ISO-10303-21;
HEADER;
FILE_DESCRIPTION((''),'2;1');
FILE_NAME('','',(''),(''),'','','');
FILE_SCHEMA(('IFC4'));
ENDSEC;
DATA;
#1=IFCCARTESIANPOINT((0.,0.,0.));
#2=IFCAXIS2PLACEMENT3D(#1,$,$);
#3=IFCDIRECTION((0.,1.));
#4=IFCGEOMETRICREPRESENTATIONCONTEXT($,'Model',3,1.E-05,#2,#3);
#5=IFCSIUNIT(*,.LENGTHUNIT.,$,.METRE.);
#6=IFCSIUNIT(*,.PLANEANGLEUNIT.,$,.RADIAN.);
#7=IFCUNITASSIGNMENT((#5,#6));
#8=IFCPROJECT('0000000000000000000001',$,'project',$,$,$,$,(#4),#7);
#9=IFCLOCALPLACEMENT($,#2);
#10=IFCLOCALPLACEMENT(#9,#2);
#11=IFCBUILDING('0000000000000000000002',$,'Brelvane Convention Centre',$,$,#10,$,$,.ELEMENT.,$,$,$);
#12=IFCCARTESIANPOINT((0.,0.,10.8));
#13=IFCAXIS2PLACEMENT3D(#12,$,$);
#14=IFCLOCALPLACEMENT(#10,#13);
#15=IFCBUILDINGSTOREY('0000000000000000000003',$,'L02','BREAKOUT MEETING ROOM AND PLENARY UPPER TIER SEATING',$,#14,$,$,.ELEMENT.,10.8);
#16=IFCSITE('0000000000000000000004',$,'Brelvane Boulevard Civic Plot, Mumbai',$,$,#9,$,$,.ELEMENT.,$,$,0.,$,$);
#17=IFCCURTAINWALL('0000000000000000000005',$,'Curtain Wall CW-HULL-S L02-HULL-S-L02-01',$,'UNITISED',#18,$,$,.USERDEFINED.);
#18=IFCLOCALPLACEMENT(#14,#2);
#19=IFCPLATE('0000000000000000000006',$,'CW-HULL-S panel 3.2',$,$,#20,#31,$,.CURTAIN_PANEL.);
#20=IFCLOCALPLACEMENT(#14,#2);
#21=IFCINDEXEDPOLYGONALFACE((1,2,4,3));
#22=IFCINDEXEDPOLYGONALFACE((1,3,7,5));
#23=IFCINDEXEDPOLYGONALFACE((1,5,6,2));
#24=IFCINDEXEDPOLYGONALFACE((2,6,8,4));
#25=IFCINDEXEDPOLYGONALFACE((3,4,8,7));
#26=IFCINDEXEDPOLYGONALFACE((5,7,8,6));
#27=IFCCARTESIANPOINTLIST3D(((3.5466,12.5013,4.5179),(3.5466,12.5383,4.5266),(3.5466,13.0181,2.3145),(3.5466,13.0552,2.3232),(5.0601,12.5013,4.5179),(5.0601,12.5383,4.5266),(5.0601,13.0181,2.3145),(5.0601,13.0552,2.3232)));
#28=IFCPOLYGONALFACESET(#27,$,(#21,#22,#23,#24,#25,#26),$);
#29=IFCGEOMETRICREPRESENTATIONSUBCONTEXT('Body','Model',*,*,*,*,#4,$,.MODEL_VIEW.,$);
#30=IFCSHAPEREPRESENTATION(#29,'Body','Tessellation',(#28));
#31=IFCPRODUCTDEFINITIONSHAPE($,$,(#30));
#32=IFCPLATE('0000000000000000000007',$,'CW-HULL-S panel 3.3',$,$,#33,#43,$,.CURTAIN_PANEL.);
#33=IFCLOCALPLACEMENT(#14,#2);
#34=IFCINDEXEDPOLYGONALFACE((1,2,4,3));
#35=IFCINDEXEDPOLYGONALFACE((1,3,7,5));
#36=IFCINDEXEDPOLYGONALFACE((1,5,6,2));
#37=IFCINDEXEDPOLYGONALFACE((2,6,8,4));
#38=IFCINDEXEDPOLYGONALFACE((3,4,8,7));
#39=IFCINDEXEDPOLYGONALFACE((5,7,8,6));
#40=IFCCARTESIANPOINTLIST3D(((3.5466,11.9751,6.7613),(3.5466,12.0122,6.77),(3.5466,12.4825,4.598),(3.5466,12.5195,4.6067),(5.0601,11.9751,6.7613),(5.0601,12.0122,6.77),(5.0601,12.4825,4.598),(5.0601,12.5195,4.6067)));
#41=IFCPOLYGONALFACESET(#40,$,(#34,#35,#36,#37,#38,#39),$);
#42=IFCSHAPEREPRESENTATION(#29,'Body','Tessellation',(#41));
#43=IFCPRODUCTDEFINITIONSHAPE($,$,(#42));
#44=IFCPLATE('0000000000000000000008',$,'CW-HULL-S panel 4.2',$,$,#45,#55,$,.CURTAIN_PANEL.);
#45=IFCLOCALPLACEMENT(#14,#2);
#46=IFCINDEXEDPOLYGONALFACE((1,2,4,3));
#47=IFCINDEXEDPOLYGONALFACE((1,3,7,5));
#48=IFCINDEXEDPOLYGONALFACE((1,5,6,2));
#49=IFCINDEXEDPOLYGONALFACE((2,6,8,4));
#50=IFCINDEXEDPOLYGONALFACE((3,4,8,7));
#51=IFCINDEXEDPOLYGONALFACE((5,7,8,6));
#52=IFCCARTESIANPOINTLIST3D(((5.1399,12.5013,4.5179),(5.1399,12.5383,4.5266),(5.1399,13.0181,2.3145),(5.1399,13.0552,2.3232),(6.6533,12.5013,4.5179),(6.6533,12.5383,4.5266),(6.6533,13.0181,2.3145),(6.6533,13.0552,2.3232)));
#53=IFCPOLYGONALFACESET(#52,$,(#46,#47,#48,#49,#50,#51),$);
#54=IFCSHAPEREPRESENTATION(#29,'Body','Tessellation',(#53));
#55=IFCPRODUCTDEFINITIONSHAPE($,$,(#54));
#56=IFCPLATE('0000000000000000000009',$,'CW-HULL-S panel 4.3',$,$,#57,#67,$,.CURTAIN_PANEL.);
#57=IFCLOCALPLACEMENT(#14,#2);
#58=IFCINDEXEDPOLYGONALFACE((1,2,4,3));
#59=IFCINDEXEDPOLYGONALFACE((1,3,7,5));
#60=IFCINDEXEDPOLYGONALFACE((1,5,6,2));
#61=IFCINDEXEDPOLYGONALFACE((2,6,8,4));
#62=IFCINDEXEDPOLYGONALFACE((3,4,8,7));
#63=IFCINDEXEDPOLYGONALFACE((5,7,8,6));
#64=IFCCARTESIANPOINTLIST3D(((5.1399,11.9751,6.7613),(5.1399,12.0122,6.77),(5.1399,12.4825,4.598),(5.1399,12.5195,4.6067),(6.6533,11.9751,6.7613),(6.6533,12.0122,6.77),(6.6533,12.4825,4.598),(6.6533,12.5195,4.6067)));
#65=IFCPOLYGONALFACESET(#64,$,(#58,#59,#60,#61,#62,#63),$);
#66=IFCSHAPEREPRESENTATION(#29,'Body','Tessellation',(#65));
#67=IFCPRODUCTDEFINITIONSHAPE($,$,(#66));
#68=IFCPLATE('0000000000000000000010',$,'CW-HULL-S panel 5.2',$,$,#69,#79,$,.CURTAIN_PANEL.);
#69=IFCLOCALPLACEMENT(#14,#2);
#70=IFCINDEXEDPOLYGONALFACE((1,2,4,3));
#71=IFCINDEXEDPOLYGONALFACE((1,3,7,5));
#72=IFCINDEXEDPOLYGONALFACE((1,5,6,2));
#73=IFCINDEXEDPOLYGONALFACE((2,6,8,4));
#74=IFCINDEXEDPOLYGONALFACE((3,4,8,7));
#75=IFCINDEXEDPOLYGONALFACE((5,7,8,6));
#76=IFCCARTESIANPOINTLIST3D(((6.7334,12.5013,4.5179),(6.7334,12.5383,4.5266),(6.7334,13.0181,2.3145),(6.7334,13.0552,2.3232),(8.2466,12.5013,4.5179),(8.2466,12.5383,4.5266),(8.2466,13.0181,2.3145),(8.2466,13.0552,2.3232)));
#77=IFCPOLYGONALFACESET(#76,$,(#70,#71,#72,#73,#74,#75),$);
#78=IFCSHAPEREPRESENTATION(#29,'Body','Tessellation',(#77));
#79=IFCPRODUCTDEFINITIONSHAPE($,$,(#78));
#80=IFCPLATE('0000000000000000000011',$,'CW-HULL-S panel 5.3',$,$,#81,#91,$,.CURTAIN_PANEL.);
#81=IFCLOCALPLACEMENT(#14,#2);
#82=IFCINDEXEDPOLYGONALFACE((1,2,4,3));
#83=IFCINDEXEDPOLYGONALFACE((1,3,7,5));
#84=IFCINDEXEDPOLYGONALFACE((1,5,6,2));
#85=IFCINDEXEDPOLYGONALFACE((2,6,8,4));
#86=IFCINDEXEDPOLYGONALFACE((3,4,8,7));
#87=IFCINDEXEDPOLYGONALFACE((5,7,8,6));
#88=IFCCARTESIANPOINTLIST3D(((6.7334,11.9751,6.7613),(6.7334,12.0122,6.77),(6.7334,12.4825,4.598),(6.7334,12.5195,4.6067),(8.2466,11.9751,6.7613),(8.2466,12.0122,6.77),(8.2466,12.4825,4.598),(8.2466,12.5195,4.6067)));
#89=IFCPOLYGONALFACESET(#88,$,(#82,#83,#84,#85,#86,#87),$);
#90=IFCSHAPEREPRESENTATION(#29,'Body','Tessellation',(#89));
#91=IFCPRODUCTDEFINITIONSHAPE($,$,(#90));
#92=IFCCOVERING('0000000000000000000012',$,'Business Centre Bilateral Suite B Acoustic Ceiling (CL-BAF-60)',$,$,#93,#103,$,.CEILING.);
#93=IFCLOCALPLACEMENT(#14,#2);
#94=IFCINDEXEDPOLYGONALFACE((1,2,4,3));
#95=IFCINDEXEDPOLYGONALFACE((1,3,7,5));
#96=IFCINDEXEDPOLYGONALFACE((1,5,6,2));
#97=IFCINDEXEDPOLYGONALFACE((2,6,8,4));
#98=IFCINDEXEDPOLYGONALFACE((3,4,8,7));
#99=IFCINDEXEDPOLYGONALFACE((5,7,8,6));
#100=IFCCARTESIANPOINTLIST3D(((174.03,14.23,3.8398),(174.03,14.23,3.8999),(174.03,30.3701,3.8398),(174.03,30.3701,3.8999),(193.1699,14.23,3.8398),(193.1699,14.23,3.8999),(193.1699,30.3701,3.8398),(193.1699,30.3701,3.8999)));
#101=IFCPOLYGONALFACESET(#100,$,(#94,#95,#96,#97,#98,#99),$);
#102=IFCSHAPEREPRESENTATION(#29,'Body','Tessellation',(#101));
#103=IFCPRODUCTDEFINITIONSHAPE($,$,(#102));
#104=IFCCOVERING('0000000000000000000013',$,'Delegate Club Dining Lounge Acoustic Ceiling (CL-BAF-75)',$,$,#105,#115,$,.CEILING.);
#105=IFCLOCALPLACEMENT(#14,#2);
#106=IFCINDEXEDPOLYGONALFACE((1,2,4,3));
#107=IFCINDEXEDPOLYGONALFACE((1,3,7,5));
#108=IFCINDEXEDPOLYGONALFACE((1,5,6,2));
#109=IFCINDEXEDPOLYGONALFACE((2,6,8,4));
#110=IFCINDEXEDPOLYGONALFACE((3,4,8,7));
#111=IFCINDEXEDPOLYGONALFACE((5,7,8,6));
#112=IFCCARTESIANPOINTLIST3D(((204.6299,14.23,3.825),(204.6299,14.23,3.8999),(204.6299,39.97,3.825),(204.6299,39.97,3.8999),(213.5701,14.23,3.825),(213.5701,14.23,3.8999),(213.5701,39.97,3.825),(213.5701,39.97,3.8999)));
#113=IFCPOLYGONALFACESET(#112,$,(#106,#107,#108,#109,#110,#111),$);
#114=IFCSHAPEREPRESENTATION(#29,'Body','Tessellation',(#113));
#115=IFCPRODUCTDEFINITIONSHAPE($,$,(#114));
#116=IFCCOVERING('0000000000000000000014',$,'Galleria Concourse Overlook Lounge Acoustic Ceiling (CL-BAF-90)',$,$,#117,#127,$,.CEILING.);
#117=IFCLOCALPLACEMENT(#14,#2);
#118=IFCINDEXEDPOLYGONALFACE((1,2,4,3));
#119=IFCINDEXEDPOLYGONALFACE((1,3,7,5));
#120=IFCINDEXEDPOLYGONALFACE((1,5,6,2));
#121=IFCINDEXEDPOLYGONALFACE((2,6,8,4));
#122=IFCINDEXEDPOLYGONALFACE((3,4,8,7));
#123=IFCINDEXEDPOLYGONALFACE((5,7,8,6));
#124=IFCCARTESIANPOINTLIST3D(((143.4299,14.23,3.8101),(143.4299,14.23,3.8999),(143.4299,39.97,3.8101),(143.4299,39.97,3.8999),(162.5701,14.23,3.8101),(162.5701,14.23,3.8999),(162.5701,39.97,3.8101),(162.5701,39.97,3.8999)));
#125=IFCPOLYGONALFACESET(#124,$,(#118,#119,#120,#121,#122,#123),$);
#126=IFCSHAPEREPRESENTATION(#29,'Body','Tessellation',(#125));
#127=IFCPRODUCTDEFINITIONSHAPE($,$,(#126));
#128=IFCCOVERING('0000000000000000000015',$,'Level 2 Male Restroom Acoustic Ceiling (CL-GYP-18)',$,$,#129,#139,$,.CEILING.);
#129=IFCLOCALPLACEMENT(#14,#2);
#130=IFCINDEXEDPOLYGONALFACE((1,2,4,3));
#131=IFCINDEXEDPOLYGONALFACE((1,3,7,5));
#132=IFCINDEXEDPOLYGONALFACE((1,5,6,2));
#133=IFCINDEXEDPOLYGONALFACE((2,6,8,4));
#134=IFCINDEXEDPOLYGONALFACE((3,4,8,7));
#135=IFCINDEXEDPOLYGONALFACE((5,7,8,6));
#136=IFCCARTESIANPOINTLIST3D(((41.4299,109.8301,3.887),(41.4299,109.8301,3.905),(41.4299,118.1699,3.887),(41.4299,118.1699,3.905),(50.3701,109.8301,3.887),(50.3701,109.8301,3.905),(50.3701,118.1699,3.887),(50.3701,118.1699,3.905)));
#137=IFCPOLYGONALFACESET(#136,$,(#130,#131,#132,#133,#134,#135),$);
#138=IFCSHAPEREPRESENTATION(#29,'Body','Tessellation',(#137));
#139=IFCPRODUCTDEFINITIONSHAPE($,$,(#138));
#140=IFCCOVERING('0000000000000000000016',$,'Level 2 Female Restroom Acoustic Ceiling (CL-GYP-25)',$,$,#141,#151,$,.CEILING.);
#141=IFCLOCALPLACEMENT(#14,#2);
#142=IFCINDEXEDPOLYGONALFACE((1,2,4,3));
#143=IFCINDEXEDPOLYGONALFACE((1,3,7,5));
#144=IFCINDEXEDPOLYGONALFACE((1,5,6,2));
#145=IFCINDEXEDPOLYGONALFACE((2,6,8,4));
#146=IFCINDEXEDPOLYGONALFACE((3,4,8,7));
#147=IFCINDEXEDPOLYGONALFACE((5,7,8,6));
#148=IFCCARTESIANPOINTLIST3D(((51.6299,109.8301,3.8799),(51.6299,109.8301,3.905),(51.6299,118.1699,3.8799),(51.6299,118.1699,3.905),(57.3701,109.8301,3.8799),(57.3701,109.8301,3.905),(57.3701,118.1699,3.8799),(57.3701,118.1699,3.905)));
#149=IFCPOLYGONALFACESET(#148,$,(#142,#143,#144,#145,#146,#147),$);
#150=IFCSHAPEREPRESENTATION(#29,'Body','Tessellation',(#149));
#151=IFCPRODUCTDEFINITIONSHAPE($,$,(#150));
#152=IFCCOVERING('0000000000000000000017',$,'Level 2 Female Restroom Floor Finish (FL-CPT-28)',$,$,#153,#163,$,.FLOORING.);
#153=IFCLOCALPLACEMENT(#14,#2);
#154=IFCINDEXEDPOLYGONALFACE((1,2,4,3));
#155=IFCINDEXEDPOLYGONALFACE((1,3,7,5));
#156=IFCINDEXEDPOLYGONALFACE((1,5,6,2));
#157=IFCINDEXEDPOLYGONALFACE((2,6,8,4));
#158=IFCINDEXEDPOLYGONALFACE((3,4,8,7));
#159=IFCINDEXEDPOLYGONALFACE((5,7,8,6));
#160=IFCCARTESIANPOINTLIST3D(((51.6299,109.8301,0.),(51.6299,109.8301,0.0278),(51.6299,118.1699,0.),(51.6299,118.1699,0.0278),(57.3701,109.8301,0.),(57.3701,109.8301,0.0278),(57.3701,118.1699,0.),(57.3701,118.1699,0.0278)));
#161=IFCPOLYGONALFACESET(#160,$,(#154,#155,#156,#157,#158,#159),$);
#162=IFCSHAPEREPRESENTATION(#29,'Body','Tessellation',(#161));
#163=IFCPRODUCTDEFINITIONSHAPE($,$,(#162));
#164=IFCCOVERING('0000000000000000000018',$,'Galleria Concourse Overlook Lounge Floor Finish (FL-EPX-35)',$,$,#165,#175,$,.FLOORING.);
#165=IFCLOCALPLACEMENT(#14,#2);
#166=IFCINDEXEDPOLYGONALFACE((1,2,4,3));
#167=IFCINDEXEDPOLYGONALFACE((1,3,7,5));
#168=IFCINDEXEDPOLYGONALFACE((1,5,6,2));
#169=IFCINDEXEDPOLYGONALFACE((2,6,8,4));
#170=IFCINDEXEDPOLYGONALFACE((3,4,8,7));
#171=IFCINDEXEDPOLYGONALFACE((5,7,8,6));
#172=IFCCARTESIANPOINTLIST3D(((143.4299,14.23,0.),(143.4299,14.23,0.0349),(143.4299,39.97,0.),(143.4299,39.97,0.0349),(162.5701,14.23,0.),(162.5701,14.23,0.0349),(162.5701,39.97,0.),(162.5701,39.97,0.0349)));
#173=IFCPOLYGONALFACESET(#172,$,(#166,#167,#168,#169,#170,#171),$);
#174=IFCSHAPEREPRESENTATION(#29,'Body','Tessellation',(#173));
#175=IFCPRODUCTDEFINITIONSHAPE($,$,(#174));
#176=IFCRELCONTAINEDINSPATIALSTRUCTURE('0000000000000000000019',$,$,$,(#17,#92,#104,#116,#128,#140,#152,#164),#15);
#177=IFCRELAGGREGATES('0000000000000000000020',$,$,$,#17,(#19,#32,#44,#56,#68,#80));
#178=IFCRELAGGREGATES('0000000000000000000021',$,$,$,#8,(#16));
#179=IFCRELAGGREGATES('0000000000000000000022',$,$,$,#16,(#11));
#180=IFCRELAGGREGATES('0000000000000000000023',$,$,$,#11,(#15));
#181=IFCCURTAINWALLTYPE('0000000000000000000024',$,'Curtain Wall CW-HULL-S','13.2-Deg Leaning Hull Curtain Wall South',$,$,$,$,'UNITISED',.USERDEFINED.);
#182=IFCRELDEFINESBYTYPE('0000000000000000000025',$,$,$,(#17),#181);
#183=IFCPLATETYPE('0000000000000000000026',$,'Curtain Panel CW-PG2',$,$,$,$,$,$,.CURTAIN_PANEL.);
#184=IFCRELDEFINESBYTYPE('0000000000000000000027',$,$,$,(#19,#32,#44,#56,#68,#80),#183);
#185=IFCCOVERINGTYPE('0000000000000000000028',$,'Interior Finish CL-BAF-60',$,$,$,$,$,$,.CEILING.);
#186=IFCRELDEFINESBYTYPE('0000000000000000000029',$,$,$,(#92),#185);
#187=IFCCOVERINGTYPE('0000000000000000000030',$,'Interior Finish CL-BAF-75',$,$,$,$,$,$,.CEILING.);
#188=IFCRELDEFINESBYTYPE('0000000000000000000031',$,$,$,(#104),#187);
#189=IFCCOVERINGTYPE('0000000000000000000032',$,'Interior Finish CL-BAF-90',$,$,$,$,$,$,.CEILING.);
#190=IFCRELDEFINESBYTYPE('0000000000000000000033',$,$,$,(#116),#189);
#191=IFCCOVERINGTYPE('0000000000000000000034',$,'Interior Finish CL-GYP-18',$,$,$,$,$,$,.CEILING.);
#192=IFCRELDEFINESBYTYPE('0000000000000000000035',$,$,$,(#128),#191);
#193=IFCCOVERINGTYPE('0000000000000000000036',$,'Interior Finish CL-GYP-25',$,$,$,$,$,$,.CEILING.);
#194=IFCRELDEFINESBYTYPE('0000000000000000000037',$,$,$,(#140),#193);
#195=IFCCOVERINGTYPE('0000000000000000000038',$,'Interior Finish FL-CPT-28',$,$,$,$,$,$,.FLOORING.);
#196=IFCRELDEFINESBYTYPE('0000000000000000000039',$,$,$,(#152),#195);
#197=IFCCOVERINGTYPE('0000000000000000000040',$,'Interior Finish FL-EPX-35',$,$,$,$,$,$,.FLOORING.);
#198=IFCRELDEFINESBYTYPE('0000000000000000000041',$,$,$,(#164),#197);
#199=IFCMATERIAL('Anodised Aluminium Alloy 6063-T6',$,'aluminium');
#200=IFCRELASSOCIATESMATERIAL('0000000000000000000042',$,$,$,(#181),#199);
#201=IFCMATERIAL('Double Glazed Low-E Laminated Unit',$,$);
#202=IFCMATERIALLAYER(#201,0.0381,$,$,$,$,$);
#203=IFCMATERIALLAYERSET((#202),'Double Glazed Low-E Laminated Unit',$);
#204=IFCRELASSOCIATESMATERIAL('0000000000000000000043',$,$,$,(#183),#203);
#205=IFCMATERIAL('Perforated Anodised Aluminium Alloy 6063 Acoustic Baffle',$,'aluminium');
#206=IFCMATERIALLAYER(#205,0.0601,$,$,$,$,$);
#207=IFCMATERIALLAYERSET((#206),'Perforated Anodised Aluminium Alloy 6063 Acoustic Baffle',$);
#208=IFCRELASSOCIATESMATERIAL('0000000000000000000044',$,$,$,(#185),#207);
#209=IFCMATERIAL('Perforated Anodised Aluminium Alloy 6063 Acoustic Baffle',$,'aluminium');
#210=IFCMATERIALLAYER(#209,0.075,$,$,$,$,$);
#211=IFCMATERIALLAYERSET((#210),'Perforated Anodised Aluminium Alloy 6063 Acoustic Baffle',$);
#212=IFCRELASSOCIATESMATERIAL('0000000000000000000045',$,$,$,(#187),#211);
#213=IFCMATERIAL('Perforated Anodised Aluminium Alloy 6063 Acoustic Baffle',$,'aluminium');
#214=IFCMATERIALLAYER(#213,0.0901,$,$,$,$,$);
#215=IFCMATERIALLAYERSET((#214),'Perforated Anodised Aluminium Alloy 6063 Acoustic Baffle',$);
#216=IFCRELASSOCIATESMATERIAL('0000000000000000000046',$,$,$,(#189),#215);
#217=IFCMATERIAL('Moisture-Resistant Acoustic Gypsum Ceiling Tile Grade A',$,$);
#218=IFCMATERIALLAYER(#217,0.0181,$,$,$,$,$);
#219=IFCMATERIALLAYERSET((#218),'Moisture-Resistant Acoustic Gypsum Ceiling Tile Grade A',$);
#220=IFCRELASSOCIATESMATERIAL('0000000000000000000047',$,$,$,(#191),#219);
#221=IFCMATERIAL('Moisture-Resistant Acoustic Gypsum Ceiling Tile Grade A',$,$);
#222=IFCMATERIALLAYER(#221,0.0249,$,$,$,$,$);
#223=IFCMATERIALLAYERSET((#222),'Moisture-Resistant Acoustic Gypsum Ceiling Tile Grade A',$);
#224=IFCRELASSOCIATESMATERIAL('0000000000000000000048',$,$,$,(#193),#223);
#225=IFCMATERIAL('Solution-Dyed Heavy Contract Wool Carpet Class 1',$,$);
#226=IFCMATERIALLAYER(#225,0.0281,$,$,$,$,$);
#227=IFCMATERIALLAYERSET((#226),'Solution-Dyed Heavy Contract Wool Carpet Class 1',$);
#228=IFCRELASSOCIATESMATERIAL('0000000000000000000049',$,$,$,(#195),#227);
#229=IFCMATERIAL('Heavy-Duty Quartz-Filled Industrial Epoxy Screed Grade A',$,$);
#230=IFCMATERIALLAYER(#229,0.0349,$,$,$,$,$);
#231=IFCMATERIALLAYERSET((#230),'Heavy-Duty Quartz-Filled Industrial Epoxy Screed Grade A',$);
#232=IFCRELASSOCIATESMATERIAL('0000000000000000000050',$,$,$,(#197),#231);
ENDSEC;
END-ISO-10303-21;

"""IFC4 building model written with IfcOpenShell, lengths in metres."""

from ifc_helpers import new_model, si_unit, direction, frame, origin, place, context, subcontext, project, spatial, polyline, outline, extrude, material, layer, layer_set, type_object, element, aggregate, save


model = new_model("IFC4")

# Units and contexts
model_context = context("Model", 3, precision=1e-05, world=origin(), true_north=direction((0.0, 1.0)))
body_context = subcontext(model_context, "Body", "Model", "MODEL_VIEW")
ifc_project = project(units=[si_unit("LENGTHUNIT", "METRE"), si_unit("PLANEANGLEUNIT", "RADIAN")], contexts=[model_context])

# Site, building, storey
site_placement = place(None, origin())
site = spatial("IfcSite", under=ifc_project, at=site_placement, Name="Brelvane Boulevard Civic Plot, Mumbai", CompositionType="ELEMENT", RefElevation=0.0)
building_placement = place(site_placement, origin())
building = spatial("IfcBuilding", under=site, at=building_placement, Name="Brelvane Convention Centre", CompositionType="ELEMENT")
storey_placement = place(building_placement, frame((0.0, 0.0, 10.8)))
storey = spatial("IfcBuildingStorey", under=building, at=storey_placement, Name="L02", Description="BREAKOUT MEETING ROOM AND PLENARY UPPER TIER SEATING", CompositionType="ELEMENT", Elevation=10.8)

# Curtain wall, plates
ifc_material_1 = material(Name="Anodised Aluminium Alloy 6063-T6", Category="aluminium")
curtain_wall_type = type_object("IfcCurtainWallType", Name="Curtain Wall CW-HULL-S", Description="13.2-Deg Leaning Hull Curtain Wall South", ElementType="UNITISED", PredefinedType="USERDEFINED", material=ifc_material_1)
curtain_wall_placement = place(storey_placement, origin())
curtain_wall = element("IfcCurtainWall", 1, at=curtain_wall_placement, inside=storey, type_object=curtain_wall_type, Name="Curtain Wall CW-HULL-S L02-HULL-S-L02-01", ObjectType="UNITISED", PredefinedType="USERDEFINED")
ifc_material_2 = material(Name="Double Glazed Low-E Laminated Unit")
ifc_layer_1 = layer(ifc_material_2, 0.0381)
ifc_layer_set_1 = layer_set([ifc_layer_1], Name="Double Glazed Low-E Laminated Unit")
plate_type = type_object("IfcPlateType", Name="Curtain Panel CW-PG2", PredefinedType="CURTAIN_PANEL", material=ifc_layer_set_1)
plate_1_placement = place(storey_placement, frame((3.5466, 13.0552, 2.3232), z_axis=(0.0, 0.973574, 0.228372), x_axis=(1.0, 0.0, 0.0)))
plate_1 = element("IfcPlate", 2, at=plate_1_placement, type_object=plate_type, Name="CW-HULL-S panel 3.2", PredefinedType="CURTAIN_PANEL", context=body_context, shape_type="SweptSolid", body=[
    extrude(outline(polyline([(0.0, 0.0), (1.5134, 0.0), (1.5134, -2.2632), (0.0, -2.2632), (0.0, 0.0)])), origin(), (0.0, 0.0, -1.0), 0.0381),
])
plate_2_placement = place(storey_placement, frame((3.5466, 12.5195, 4.6067), z_axis=(0.0, 0.973587, 0.228317), x_axis=(1.0, 0.0, 0.0)))
plate_2 = element("IfcPlate", 3, at=plate_2_placement, type_object=plate_type, Name="CW-HULL-S panel 3.3", PredefinedType="CURTAIN_PANEL", context=body_context, shape_type="SweptSolid", body=[
    extrude(outline(polyline([(0.0, 0.0), (1.5134, 0.0), (1.5134, -2.222), (0.0, -2.222), (0.0, 0.0)])), origin(), (0.0, 0.0, -1.0), 0.0381),
])
plate_3_placement = place(storey_placement, frame((5.1399, 13.0552, 2.3232), z_axis=(0.0, 0.973574, 0.228372), x_axis=(1.0, 0.0, 0.0)))
plate_3 = element("IfcPlate", 4, at=plate_3_placement, type_object=plate_type, Name="CW-HULL-S panel 4.2", PredefinedType="CURTAIN_PANEL", context=body_context, shape_type="SweptSolid", body=[
    extrude(outline(polyline([(0.0, 0.0), (1.5134, 0.0), (1.5134, -2.2632), (0.0, -2.2632), (0.0, 0.0)])), origin(), (0.0, 0.0, -1.0), 0.0381),
])
plate_4_placement = place(storey_placement, frame((5.1399, 12.5195, 4.6067), z_axis=(0.0, 0.973587, 0.228317), x_axis=(1.0, 0.0, 0.0)))
plate_4 = element("IfcPlate", 5, at=plate_4_placement, type_object=plate_type, Name="CW-HULL-S panel 4.3", PredefinedType="CURTAIN_PANEL", context=body_context, shape_type="SweptSolid", body=[
    extrude(outline(polyline([(0.0, 0.0), (1.5134, 0.0), (1.5134, -2.222), (0.0, -2.222), (0.0, 0.0)])), origin(), (0.0, 0.0, -1.0), 0.0381),
])
plate_5_placement = place(storey_placement, frame((6.7334, 13.0552, 2.3232), z_axis=(0.0, 0.973574, 0.228372), x_axis=(1.0, 0.0, 0.0)))
plate_5 = element("IfcPlate", 6, at=plate_5_placement, type_object=plate_type, Name="CW-HULL-S panel 5.2", PredefinedType="CURTAIN_PANEL", context=body_context, shape_type="SweptSolid", body=[
    extrude(outline(polyline([(0.0, 0.0), (1.5132, 0.0), (1.5132, -2.2632), (0.0, -2.2632), (0.0, 0.0)])), origin(), (0.0, 0.0, -1.0), 0.0381),
])
plate_6_placement = place(storey_placement, frame((6.7334, 12.5195, 4.6067), z_axis=(0.0, 0.973587, 0.228317), x_axis=(1.0, 0.0, 0.0)))
plate_6 = element("IfcPlate", 7, at=plate_6_placement, type_object=plate_type, Name="CW-HULL-S panel 5.3", PredefinedType="CURTAIN_PANEL", context=body_context, shape_type="SweptSolid", body=[
    extrude(outline(polyline([(0.0, 0.0), (1.5132, 0.0), (1.5132, -2.222), (0.0, -2.222), (0.0, 0.0)])), origin(), (0.0, 0.0, -1.0), 0.0381),
])
aggregate(curtain_wall, [plate_1, plate_2, plate_3, plate_4, plate_5, plate_6])

# Coverings
ifc_material_3 = material(Name="Perforated Anodised Aluminium Alloy 6063 Acoustic Baffle", Category="aluminium")
ifc_layer_2 = layer(ifc_material_3, 0.0601)
ifc_layer_set_2 = layer_set([ifc_layer_2], Name="Perforated Anodised Aluminium Alloy 6063 Acoustic Baffle")
covering_type_1 = type_object("IfcCoveringType", Name="Interior Finish CL-BAF-60", PredefinedType="CEILING", material=ifc_layer_set_2)
covering_1_placement = place(storey_placement, frame((0.0, 0.0, 3.8398)))
element("IfcCovering", 8, at=covering_1_placement, inside=storey, type_object=covering_type_1, Name="Business Centre Bilateral Suite B Acoustic Ceiling (CL-BAF-60)", PredefinedType="CEILING", context=body_context, shape_type="SweptSolid", body=[
    extrude(outline(polyline([(174.03, 14.23), (193.1699, 14.23), (193.1699, 30.3701), (174.03, 30.3701), (174.03, 14.23)])), origin(), (0.0, 0.0, 1.0), 0.0601),
])
ifc_material_4 = material(Name="Perforated Anodised Aluminium Alloy 6063 Acoustic Baffle", Category="aluminium")
ifc_layer_3 = layer(ifc_material_4, 0.075)
ifc_layer_set_3 = layer_set([ifc_layer_3], Name="Perforated Anodised Aluminium Alloy 6063 Acoustic Baffle")
covering_type_2 = type_object("IfcCoveringType", Name="Interior Finish CL-BAF-75", PredefinedType="CEILING", material=ifc_layer_set_3)
covering_2_placement = place(storey_placement, frame((0.0, 0.0, 3.825)))
element("IfcCovering", 9, at=covering_2_placement, inside=storey, type_object=covering_type_2, Name="Delegate Club Dining Lounge Acoustic Ceiling (CL-BAF-75)", PredefinedType="CEILING", context=body_context, shape_type="SweptSolid", body=[
    extrude(outline(polyline([(204.6299, 14.23), (213.5701, 14.23), (213.5701, 39.97), (204.6299, 39.97), (204.6299, 14.23)])), origin(), (0.0, 0.0, 1.0), 0.075),
])
ifc_material_5 = material(Name="Perforated Anodised Aluminium Alloy 6063 Acoustic Baffle", Category="aluminium")
ifc_layer_4 = layer(ifc_material_5, 0.0901)
ifc_layer_set_4 = layer_set([ifc_layer_4], Name="Perforated Anodised Aluminium Alloy 6063 Acoustic Baffle")
covering_type_3 = type_object("IfcCoveringType", Name="Interior Finish CL-BAF-90", PredefinedType="CEILING", material=ifc_layer_set_4)
covering_3_placement = place(storey_placement, frame((0.0, 0.0, 3.8101)))
element("IfcCovering", 10, at=covering_3_placement, inside=storey, type_object=covering_type_3, Name="Galleria Concourse Overlook Lounge Acoustic Ceiling (CL-BAF-90)", PredefinedType="CEILING", context=body_context, shape_type="SweptSolid", body=[
    extrude(outline(polyline([(143.4299, 14.23), (162.5701, 14.23), (162.5701, 39.97), (143.4299, 39.97), (143.4299, 14.23)])), origin(), (0.0, 0.0, 1.0), 0.0898),
])
ifc_material_6 = material(Name="Moisture-Resistant Acoustic Gypsum Ceiling Tile Grade A")
ifc_layer_5 = layer(ifc_material_6, 0.0181)
ifc_layer_set_5 = layer_set([ifc_layer_5], Name="Moisture-Resistant Acoustic Gypsum Ceiling Tile Grade A")
covering_type_4 = type_object("IfcCoveringType", Name="Interior Finish CL-GYP-18", PredefinedType="CEILING", material=ifc_layer_set_5)
covering_4_placement = place(storey_placement, frame((0.0, 0.0, 3.887)))
element("IfcCovering", 11, at=covering_4_placement, inside=storey, type_object=covering_type_4, Name="Level 2 Male Restroom Acoustic Ceiling (CL-GYP-18)", PredefinedType="CEILING", context=body_context, shape_type="SweptSolid", body=[
    extrude(outline(polyline([(41.4299, 109.8301), (50.3701, 109.8301), (50.3701, 118.1699), (41.4299, 118.1699), (41.4299, 109.8301)])), origin(), (0.0, 0.0, 1.0), 0.0181),
])
ifc_material_7 = material(Name="Moisture-Resistant Acoustic Gypsum Ceiling Tile Grade A")
ifc_layer_6 = layer(ifc_material_7, 0.0249)
ifc_layer_set_6 = layer_set([ifc_layer_6], Name="Moisture-Resistant Acoustic Gypsum Ceiling Tile Grade A")
covering_type_5 = type_object("IfcCoveringType", Name="Interior Finish CL-GYP-25", PredefinedType="CEILING", material=ifc_layer_set_6)
covering_5_placement = place(storey_placement, frame((0.0, 0.0, 3.8799)))
element("IfcCovering", 12, at=covering_5_placement, inside=storey, type_object=covering_type_5, Name="Level 2 Female Restroom Acoustic Ceiling (CL-GYP-25)", PredefinedType="CEILING", context=body_context, shape_type="SweptSolid", body=[
    extrude(outline(polyline([(51.6299, 109.8301), (57.3701, 109.8301), (57.3701, 118.1699), (51.6299, 118.1699), (51.6299, 109.8301)])), origin(), (0.0, 0.0, 1.0), 0.0251),
])
ifc_material_8 = material(Name="Solution-Dyed Heavy Contract Wool Carpet Class 1")
ifc_layer_7 = layer(ifc_material_8, 0.0281)
ifc_layer_set_7 = layer_set([ifc_layer_7], Name="Solution-Dyed Heavy Contract Wool Carpet Class 1")
covering_type_6 = type_object("IfcCoveringType", Name="Interior Finish FL-CPT-28", PredefinedType="FLOORING", material=ifc_layer_set_7)
covering_6_placement = place(storey_placement, origin())
element("IfcCovering", 13, at=covering_6_placement, inside=storey, type_object=covering_type_6, Name="Level 2 Female Restroom Floor Finish (FL-CPT-28)", PredefinedType="FLOORING", context=body_context, shape_type="SweptSolid", body=[
    extrude(outline(polyline([(51.6299, 109.8301), (57.3701, 109.8301), (57.3701, 118.1699), (51.6299, 118.1699), (51.6299, 109.8301)])), origin(), (0.0, 0.0, 1.0), 0.0278),
])
ifc_material_9 = material(Name="Heavy-Duty Quartz-Filled Industrial Epoxy Screed Grade A")
ifc_layer_8 = layer(ifc_material_9, 0.0349)
ifc_layer_set_8 = layer_set([ifc_layer_8], Name="Heavy-Duty Quartz-Filled Industrial Epoxy Screed Grade A")
covering_type_7 = type_object("IfcCoveringType", Name="Interior Finish FL-EPX-35", PredefinedType="FLOORING", material=ifc_layer_set_8)
covering_7_placement = place(storey_placement, origin())
element("IfcCovering", 14, at=covering_7_placement, inside=storey, type_object=covering_type_7, Name="Galleria Concourse Overlook Lounge Floor Finish (FL-EPX-35)", PredefinedType="FLOORING", context=body_context, shape_type="SweptSolid", body=[
    extrude(outline(polyline([(143.4299, 14.23), (162.5701, 14.23), (162.5701, 39.97), (143.4299, 39.97), (143.4299, 14.23)])), origin(), (0.0, 0.0, 1.0), 0.0349),
])

save(model, "model.ifc")
